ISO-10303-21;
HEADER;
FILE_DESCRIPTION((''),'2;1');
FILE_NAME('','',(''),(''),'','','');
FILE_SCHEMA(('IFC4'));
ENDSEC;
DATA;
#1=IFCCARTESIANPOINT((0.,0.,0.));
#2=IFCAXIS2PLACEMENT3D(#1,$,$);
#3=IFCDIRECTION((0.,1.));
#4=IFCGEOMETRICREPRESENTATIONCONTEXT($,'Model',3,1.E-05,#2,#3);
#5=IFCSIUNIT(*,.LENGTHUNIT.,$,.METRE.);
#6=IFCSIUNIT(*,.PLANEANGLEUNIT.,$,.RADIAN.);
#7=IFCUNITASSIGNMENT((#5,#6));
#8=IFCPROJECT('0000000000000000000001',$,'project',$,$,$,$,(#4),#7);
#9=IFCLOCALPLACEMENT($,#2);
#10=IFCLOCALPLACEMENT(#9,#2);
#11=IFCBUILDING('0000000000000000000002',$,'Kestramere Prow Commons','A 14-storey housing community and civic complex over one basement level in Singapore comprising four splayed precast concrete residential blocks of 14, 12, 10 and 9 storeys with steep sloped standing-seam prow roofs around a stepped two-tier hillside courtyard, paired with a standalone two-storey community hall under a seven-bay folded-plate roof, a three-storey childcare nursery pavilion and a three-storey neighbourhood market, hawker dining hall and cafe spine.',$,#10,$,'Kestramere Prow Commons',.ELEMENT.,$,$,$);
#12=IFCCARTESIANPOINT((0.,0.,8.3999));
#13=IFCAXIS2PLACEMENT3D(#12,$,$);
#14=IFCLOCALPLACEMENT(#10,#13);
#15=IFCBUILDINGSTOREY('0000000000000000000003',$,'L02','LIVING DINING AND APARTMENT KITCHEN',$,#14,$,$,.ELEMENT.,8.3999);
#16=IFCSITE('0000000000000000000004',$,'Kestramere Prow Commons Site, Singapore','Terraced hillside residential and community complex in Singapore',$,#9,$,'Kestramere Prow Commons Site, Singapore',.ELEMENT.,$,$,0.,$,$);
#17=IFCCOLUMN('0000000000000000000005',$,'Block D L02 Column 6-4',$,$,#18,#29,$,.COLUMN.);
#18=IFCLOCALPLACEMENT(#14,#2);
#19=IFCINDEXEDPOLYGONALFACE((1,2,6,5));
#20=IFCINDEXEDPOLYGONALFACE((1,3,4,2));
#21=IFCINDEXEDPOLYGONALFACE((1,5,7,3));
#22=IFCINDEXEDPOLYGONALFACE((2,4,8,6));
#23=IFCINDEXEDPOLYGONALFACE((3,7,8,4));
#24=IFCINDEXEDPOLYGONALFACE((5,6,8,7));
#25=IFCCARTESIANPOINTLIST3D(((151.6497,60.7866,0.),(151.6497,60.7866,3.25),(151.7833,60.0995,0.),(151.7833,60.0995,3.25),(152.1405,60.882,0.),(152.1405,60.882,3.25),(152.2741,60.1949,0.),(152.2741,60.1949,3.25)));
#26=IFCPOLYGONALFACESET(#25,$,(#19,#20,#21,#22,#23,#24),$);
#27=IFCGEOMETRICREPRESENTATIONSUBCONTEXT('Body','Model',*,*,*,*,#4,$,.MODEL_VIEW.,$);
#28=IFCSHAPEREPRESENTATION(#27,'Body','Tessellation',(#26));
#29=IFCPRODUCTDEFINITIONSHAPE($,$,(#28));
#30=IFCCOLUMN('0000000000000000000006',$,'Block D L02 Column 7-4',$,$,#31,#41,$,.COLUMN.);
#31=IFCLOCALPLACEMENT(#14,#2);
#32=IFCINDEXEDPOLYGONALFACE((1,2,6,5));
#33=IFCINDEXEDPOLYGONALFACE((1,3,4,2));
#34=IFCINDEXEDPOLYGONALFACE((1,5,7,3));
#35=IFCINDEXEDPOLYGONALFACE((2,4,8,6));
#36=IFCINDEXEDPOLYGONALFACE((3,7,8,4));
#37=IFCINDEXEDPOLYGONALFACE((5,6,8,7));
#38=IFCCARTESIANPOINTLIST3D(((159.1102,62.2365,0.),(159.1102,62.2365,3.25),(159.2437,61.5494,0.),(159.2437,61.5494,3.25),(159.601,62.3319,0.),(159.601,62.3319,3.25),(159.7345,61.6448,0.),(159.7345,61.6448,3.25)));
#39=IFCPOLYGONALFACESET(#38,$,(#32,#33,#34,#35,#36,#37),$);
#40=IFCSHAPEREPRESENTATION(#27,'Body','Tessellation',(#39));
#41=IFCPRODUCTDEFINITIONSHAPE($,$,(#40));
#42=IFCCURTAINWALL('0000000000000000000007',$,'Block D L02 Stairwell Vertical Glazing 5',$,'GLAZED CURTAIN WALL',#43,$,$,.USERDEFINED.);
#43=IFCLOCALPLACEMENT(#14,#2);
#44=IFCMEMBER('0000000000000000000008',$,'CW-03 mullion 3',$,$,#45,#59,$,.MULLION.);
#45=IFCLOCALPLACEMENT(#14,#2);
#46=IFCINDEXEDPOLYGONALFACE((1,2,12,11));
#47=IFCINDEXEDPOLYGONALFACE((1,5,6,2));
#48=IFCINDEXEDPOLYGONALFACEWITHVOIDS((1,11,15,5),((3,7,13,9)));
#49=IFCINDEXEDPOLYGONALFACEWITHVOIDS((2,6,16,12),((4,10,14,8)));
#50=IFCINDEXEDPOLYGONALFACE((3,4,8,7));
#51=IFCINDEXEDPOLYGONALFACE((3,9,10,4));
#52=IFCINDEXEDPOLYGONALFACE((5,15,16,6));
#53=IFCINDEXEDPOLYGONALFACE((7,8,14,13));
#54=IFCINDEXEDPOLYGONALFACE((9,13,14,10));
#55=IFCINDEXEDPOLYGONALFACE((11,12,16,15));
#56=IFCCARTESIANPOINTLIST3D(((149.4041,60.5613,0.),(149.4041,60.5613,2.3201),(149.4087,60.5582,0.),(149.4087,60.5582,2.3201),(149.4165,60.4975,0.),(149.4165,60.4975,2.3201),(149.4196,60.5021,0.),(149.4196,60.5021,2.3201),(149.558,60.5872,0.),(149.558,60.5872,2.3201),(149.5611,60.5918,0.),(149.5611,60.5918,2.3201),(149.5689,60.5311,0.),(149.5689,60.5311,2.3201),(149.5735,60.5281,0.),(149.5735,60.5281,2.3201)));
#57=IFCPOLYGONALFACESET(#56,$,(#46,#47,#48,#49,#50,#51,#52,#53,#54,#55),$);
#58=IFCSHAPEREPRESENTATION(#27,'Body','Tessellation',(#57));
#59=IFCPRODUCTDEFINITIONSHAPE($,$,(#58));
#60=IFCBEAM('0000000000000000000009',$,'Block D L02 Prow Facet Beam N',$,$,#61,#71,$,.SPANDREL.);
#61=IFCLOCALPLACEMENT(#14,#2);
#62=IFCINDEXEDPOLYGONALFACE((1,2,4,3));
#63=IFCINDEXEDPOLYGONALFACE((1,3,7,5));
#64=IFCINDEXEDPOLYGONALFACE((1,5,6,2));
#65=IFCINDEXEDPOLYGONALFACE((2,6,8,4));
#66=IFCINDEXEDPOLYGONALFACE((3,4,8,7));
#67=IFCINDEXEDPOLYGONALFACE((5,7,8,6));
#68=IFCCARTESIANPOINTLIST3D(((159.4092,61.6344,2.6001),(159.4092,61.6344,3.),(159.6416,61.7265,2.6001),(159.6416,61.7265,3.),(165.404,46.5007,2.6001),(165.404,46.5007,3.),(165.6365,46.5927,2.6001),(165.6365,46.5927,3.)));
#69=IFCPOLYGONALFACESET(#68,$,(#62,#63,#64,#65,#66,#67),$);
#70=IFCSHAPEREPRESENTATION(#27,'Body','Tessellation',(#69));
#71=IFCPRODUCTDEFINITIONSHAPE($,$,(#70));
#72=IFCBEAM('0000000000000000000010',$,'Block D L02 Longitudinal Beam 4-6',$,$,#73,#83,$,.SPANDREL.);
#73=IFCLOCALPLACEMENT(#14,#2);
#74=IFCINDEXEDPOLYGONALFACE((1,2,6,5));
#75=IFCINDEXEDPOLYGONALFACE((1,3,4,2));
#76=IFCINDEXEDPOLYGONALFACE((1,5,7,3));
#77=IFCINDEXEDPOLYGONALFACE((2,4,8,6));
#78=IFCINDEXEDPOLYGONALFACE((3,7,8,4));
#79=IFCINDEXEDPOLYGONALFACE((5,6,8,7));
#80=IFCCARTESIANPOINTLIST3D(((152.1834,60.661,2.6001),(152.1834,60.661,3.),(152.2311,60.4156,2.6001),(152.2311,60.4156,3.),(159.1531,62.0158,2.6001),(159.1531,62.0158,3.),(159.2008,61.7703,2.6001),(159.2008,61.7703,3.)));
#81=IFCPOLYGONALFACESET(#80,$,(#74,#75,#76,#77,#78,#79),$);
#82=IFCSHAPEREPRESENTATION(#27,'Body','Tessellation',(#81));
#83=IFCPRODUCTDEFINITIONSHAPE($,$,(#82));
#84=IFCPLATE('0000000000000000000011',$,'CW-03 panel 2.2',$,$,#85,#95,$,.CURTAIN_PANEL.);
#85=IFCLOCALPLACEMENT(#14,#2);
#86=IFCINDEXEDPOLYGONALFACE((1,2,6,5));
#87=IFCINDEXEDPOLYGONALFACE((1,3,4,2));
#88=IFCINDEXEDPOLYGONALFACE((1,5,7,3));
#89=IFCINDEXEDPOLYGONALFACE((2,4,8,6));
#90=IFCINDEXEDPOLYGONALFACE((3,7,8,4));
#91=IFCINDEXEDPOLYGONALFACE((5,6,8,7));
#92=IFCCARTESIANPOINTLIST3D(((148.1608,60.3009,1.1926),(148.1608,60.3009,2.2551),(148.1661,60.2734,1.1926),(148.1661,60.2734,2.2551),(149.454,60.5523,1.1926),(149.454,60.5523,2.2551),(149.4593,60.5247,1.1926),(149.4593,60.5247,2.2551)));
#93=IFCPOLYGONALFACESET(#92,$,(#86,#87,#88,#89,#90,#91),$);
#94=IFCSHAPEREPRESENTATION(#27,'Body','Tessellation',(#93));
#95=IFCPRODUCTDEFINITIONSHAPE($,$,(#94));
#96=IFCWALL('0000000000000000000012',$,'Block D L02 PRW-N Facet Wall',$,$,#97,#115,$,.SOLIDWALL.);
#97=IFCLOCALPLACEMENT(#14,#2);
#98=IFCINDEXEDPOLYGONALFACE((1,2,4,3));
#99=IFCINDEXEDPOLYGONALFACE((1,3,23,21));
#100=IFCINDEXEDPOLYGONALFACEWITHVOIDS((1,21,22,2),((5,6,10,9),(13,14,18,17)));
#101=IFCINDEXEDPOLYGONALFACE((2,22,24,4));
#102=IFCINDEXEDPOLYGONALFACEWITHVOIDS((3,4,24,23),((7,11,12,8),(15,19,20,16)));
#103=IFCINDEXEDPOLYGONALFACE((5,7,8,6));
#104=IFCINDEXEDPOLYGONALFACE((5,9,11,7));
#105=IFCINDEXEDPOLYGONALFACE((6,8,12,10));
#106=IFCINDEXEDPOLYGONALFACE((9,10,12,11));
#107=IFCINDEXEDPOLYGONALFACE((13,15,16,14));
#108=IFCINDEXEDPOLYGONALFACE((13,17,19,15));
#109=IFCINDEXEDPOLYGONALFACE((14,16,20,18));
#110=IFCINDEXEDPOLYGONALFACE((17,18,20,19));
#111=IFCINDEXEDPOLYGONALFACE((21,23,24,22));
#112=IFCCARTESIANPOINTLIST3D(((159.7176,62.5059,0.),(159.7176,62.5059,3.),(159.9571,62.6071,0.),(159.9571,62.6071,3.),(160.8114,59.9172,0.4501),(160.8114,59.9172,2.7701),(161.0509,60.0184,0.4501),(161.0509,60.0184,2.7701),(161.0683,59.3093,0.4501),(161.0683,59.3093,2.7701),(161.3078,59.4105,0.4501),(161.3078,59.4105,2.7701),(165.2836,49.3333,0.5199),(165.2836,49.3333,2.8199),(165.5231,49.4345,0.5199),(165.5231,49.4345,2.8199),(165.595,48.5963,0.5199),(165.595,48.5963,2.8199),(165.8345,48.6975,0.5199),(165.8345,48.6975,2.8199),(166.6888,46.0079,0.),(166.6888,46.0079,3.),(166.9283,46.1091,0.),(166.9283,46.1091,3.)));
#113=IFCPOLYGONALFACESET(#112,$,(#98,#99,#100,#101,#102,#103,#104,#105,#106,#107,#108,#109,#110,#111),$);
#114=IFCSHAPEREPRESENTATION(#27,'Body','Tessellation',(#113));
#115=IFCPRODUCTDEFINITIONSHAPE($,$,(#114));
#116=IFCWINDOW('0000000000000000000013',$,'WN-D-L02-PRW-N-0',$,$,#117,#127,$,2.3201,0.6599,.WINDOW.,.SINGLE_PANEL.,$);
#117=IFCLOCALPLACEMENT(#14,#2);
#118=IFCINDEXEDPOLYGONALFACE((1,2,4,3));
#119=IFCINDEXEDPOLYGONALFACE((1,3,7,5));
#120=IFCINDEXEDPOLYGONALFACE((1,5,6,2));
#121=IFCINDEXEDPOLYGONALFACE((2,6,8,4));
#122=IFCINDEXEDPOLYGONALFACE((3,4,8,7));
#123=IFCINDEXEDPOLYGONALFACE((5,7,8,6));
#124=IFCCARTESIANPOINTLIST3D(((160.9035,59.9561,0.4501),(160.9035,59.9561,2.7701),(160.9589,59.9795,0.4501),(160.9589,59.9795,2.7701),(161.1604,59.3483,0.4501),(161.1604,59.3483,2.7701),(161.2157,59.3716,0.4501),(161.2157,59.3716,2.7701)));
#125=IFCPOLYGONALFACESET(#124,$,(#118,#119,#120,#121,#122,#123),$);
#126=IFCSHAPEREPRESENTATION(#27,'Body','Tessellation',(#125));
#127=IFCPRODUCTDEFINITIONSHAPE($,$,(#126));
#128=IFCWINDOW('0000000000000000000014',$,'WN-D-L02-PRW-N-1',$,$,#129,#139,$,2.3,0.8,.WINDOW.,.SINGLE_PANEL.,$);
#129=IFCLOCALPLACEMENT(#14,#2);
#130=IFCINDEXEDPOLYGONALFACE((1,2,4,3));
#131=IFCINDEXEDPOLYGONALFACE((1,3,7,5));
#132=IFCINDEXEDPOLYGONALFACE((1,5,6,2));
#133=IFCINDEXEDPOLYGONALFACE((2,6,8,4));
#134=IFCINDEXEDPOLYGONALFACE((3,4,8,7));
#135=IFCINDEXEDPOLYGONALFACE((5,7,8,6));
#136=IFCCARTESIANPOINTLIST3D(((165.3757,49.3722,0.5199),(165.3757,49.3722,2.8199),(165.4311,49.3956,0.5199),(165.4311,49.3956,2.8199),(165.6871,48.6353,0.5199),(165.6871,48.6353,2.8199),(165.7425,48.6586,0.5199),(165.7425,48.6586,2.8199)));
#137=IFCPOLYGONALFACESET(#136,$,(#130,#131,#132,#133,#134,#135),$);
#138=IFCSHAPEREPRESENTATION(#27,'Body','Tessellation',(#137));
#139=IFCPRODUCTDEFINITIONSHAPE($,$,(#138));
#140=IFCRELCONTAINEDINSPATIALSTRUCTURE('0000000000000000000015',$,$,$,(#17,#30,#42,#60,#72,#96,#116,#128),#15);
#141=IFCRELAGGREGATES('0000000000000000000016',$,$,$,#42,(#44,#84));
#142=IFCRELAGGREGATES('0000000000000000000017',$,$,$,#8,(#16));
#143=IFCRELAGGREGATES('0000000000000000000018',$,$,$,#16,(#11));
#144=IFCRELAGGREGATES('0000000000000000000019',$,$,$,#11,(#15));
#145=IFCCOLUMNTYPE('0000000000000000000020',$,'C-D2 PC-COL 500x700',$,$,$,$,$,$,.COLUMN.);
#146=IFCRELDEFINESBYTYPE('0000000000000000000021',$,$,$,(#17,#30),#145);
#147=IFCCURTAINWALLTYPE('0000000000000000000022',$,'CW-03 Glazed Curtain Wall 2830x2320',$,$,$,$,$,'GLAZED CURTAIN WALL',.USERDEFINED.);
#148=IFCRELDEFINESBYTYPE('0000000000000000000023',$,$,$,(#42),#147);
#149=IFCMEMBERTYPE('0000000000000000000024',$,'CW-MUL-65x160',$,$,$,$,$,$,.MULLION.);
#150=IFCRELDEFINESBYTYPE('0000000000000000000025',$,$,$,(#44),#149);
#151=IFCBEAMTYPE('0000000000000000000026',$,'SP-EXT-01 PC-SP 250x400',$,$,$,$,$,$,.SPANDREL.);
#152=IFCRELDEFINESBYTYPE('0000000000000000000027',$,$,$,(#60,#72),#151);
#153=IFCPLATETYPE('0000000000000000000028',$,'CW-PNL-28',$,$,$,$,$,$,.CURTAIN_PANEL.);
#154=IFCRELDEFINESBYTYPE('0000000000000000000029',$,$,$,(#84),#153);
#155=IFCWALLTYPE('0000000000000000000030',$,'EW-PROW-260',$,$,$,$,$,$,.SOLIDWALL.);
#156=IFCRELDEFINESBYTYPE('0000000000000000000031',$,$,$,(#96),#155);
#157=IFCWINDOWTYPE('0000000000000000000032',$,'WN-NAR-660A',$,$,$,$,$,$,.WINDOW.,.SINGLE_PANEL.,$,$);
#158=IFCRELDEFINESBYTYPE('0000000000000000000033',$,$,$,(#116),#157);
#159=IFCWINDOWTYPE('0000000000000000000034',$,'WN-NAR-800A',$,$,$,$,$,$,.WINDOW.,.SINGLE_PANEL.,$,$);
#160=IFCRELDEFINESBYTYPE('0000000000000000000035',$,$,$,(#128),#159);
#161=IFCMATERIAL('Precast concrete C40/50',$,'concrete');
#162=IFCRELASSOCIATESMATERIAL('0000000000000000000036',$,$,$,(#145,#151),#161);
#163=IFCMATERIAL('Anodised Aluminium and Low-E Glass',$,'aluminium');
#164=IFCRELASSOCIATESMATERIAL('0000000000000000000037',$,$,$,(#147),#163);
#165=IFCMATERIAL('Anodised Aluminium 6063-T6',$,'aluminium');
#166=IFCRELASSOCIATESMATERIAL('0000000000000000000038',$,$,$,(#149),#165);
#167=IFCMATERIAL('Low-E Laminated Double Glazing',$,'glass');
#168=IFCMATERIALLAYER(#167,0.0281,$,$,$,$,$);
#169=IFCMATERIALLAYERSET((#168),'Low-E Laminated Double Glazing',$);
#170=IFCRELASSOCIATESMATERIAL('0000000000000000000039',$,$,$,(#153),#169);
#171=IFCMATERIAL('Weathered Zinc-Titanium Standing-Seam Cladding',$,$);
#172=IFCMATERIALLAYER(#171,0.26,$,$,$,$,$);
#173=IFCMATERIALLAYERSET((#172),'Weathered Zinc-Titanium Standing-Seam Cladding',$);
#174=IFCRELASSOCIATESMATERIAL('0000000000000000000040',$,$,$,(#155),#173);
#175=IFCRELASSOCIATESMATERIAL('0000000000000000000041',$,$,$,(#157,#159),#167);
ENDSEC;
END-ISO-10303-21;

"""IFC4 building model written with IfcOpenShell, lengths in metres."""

from ifc_helpers import new_model, si_unit, direction, frame, frame_2d, origin, origin_2d, place, context, subcontext, project, spatial, rectangle, hollow_rectangle, extrude, material, layer, layer_set, material_profile, profile_set, type_object, element, fill, aggregate, save


model = new_model("IFC4")

# Units and contexts
model_context = context("Model", 3, precision=1e-05, world=origin(), true_north=direction((0.0, 1.0)))
body_context = subcontext(model_context, "Body", "Model", "MODEL_VIEW")
ifc_project = project(units=[si_unit("LENGTHUNIT", "METRE"), si_unit("PLANEANGLEUNIT", "RADIAN")], contexts=[model_context])

# Site, building, storey
site_placement = place(None, origin())
site = spatial("IfcSite", under=ifc_project, at=site_placement, Name="Kestramere Prow Commons Site, Singapore", Description="Terraced hillside residential and community complex in Singapore", LongName="Kestramere Prow Commons Site, Singapore", CompositionType="ELEMENT", RefElevation=0.0)
building_placement = place(site_placement, origin())
building = spatial("IfcBuilding", under=site, at=building_placement, Name="Kestramere Prow Commons", Description="A 14-storey housing community and civic complex over one basement level in Singapore comprising four splayed precast concrete residential blocks of 14, 12, 10 and 9 storeys with steep sloped standing-seam prow roofs around a stepped two-tier hillside courtyard, paired with a standalone two-storey community hall under a seven-bay folded-plate roof, a three-storey childcare nursery pavilion and a three-storey neighbourhood market, hawker dining hall and cafe spine.", LongName="Kestramere Prow Commons", CompositionType="ELEMENT")
storey_placement = place(building_placement, frame((0.0, 0.0, 8.3999)))
storey = spatial("IfcBuildingStorey", under=building, at=storey_placement, Name="L02", Description="LIVING DINING AND APARTMENT KITCHEN", CompositionType="ELEMENT", Elevation=8.3999)

# Columns
ifc_material_1 = material(Name="Precast concrete C40/50", Category="concrete")
ifc_material_profile_1 = material_profile(ifc_material_1, rectangle(XDim=0.5, YDim=0.7, at=origin_2d()), Name="PC-COL 500x700")
ifc_profile_set_1 = profile_set([ifc_material_profile_1], Name="Precast concrete C40/50")
column_type = type_object("IfcColumnType", Name="C-D2 PC-COL 500x700", PredefinedType="COLUMN", material=ifc_profile_set_1)
for number, where, z_axis, x_axis, name in (
    (1, (151.9619, 60.4907, 0.0), (0.0, 0.0, 1.0), (0.981627, 0.190809, 0.0), "Block D L02 Column 6-4"),
    (2, (159.4224, 61.9407, 0.0), (0.0, 0.0, 1.0), (0.981627, 0.190809, 0.0), "Block D L02 Column 7-4"),
):
    element("IfcColumn", number, at=place(storey_placement, frame(where, z_axis=z_axis, x_axis=x_axis)), inside=storey, type_object=column_type, Name=name, PredefinedType="COLUMN", context=body_context, shape_type="SweptSolid", body=[
        extrude(rectangle(XDim=0.5, YDim=0.7, at=origin_2d()), origin(), (0.0, 0.0, 1.0), 3.25),
    ])

# Curtain wall, member
ifc_material_2 = material(Name="Anodised Aluminium and Low-E Glass", Category="aluminium")
curtain_wall_type = type_object("IfcCurtainWallType", Name="CW-03 Glazed Curtain Wall 2830x2320", ElementType="GLAZED CURTAIN WALL", PredefinedType="USERDEFINED", material=ifc_material_2)
curtain_wall_placement = place(storey_placement, origin())
curtain_wall = element("IfcCurtainWall", 3, at=curtain_wall_placement, inside=storey, type_object=curtain_wall_type, Name="Block D L02 Stairwell Vertical Glazing 5", ObjectType="GLAZED CURTAIN WALL", PredefinedType="USERDEFINED")
ifc_material_3 = material(Name="Anodised Aluminium 6063-T6", Category="aluminium")
ifc_material_profile_2 = material_profile(ifc_material_3, hollow_rectangle(XDim=0.0649, YDim=0.1599, WallThickness=0.0039, at=origin_2d()), Name="ALU-MUL 65x160")
ifc_profile_set_2 = profile_set([ifc_material_profile_2], Name="Anodised Aluminium 6063-T6")
member_type = type_object("IfcMemberType", Name="CW-MUL-65x160", PredefinedType="MULLION", material=ifc_profile_set_2)
member_placement = place(storey_placement, frame((149.4888, 60.5447, 0.0), z_axis=(0.0, 0.0, 1.0), x_axis=(-0.190809, 0.981627, 0.0)))
member = element("IfcMember", 4, at=member_placement, type_object=member_type, Name="CW-03 mullion 3", PredefinedType="MULLION", context=body_context, shape_type="SweptSolid", body=[
    extrude(hollow_rectangle(XDim=0.0649, YDim=0.1599, WallThickness=0.0039, at=origin_2d()), origin(), (0.0, 0.0, 1.0), 2.3201),
])

# Beams
ifc_material_profile_3 = material_profile(ifc_material_1, rectangle(XDim=0.25, YDim=0.3999, at=origin_2d()), Name="PC-SP 250x400")
ifc_profile_set_3 = profile_set([ifc_material_profile_3], Name="Precast concrete C40/50")
beam_type = type_object("IfcBeamType", Name="SP-EXT-01 PC-SP 250x400", PredefinedType="SPANDREL", material=ifc_profile_set_3)
beam_1_placement = place(storey_placement, frame((159.5254, 61.6804, 2.8), z_axis=(0.368283, -0.929714, 0.0), x_axis=(0.929714, 0.368283, 0.0)))
element("IfcBeam", 5, at=beam_1_placement, inside=storey, type_object=beam_type, Name="Block D L02 Prow Facet Beam N", PredefinedType="SPANDREL", context=body_context, shape_type="SweptSolid", body=[
    extrude(rectangle(XDim=0.25, YDim=0.3999, at=origin_2d()), origin(), (0.0, 0.0, 1.0), 16.2778),
])
beam_2_placement = place(storey_placement, frame((152.2073, 60.5383, 2.8), z_axis=(0.981628, 0.190803, 0.0), x_axis=(-0.190803, 0.981628, 0.0)))
element("IfcBeam", 6, at=beam_2_placement, inside=storey, type_object=beam_type, Name="Block D L02 Longitudinal Beam 4-6", PredefinedType="SPANDREL", context=body_context, shape_type="SweptSolid", body=[
    extrude(rectangle(XDim=0.25, YDim=0.3999, at=origin_2d()), origin(), (0.0, 0.0, 1.0), 7.1001),
])

# Plate
ifc_material_4 = material(Name="Low-E Laminated Double Glazing", Category="glass")
ifc_layer_1 = layer(ifc_material_4, 0.0281)
ifc_layer_set_1 = layer_set([ifc_layer_1], Name="Low-E Laminated Double Glazing")
plate_type = type_object("IfcPlateType", Name="CW-PNL-28", PredefinedType="CURTAIN_PANEL", material=ifc_layer_set_1)
plate_placement = place(storey_placement, frame((148.8101, 60.4128, 1.1926), z_axis=(0.0, 0.0, 1.0), x_axis=(0.981627, 0.190809, 0.0)))
plate = element("IfcPlate", 7, at=plate_placement, type_object=plate_type, Name="CW-03 panel 2.2", PredefinedType="CURTAIN_PANEL", context=body_context, shape_type="SweptSolid", body=[
    extrude(rectangle(XDim=1.3174, YDim=0.0281, at=origin_2d()), origin(), (0.0, 0.0, 1.0), 1.0625),
])
aggregate(curtain_wall, [member, plate])

# Wall, openings, windows
ifc_material_5 = material(Name="Weathered Zinc-Titanium Standing-Seam Cladding")
ifc_layer_2 = layer(ifc_material_5, 0.26)
ifc_layer_set_2 = layer_set([ifc_layer_2], Name="Weathered Zinc-Titanium Standing-Seam Cladding")
wall_type_1 = type_object("IfcWallType", Name="EW-PROW-260", PredefinedType="SOLIDWALL", material=ifc_layer_set_2)
wall_1_placement = place(storey_placement, frame((159.8374, 62.5564, 0.0), z_axis=(0.0, 0.0, 1.0), x_axis=(0.389226, -0.921142, 0.0)))
wall_1 = element("IfcWall", 8, at=wall_1_placement, inside=storey, type_object=wall_type_1, Name="Block D L02 PRW-N Facet Wall", PredefinedType="SOLIDWALL", context=body_context, shape_type="SweptSolid", body=[
    extrude(rectangle(XDim=17.9104, YDim=0.26, at=frame_2d((8.9551, 0.0))), origin(), (0.0, 0.0, 1.0), 3.0),
])
opening_1_placement = place(wall_1_placement, frame((2.8101, 0.0, 0.45)))
opening_1 = element("IfcOpeningElement", 9, at=opening_1_placement, cuts=wall_1, PredefinedType="OPENING", context=body_context, shape_type="SweptSolid", body=[
    extrude(rectangle(XDim=0.6599, YDim=2.3201, at=frame_2d((0.3301, 1.1602))), frame((0.0, 0.145, 0.0), z_axis=(0.0, -1.0, 0.0), x_axis=(1.0, 0.0, 0.0)), (0.0, 0.0, 1.0), 0.29),
])
opening_2_placement = place(wall_1_placement, frame((14.3003, 0.0, 0.52)))
opening_2 = element("IfcOpeningElement", 10, at=opening_2_placement, cuts=wall_1, PredefinedType="OPENING", context=body_context, shape_type="SweptSolid", body=[
    extrude(rectangle(XDim=0.8, YDim=2.3, at=frame_2d((0.3999, 1.1499))), frame((0.0, 0.145, 0.0), z_axis=(0.0, -1.0, 0.0), x_axis=(1.0, 0.0, 0.0)), (0.0, 0.0, 1.0), 0.29),
])
window_type_1 = type_object("IfcWindowType", Name="WN-NAR-660A", PartitioningType="SINGLE_PANEL", PredefinedType="WINDOW", material=ifc_material_4)
window_1_placement = place(opening_1_placement, origin())
window_1 = element("IfcWindow", 11, at=window_1_placement, inside=storey, type_object=window_type_1, Name="WN-D-L02-PRW-N-0", OverallHeight=2.3201, OverallWidth=0.6599, PartitioningType="SINGLE_PANEL", PredefinedType="WINDOW", context=body_context, shape_type="SweptSolid", body=[
    extrude(rectangle(XDim=0.6599, YDim=2.3201, at=frame_2d((0.3301, 1.1602))), frame((0.0, 0.03, 0.0), z_axis=(0.0, -1.0, 0.0), x_axis=(1.0, 0.0, 0.0)), (0.0, 0.0, 1.0), 0.0601),
])
fill(opening_1, window_1)
window_type_2 = type_object("IfcWindowType", Name="WN-NAR-800A", PartitioningType="SINGLE_PANEL", PredefinedType="WINDOW", material=ifc_material_4)
window_2_placement = place(opening_2_placement, origin())
window_2 = element("IfcWindow", 12, at=window_2_placement, inside=storey, type_object=window_type_2, Name="WN-D-L02-PRW-N-1", OverallHeight=2.3, OverallWidth=0.8, PartitioningType="SINGLE_PANEL", PredefinedType="WINDOW", context=body_context, shape_type="SweptSolid", body=[
    extrude(rectangle(XDim=0.8, YDim=2.3, at=frame_2d((0.3999, 1.1499))), frame((0.0, 0.03, 0.0), z_axis=(0.0, -1.0, 0.0), x_axis=(1.0, 0.0, 0.0)), (0.0, 0.0, 1.0), 0.0601),
])
fill(opening_2, window_2)

save(model, "model.ifc")
